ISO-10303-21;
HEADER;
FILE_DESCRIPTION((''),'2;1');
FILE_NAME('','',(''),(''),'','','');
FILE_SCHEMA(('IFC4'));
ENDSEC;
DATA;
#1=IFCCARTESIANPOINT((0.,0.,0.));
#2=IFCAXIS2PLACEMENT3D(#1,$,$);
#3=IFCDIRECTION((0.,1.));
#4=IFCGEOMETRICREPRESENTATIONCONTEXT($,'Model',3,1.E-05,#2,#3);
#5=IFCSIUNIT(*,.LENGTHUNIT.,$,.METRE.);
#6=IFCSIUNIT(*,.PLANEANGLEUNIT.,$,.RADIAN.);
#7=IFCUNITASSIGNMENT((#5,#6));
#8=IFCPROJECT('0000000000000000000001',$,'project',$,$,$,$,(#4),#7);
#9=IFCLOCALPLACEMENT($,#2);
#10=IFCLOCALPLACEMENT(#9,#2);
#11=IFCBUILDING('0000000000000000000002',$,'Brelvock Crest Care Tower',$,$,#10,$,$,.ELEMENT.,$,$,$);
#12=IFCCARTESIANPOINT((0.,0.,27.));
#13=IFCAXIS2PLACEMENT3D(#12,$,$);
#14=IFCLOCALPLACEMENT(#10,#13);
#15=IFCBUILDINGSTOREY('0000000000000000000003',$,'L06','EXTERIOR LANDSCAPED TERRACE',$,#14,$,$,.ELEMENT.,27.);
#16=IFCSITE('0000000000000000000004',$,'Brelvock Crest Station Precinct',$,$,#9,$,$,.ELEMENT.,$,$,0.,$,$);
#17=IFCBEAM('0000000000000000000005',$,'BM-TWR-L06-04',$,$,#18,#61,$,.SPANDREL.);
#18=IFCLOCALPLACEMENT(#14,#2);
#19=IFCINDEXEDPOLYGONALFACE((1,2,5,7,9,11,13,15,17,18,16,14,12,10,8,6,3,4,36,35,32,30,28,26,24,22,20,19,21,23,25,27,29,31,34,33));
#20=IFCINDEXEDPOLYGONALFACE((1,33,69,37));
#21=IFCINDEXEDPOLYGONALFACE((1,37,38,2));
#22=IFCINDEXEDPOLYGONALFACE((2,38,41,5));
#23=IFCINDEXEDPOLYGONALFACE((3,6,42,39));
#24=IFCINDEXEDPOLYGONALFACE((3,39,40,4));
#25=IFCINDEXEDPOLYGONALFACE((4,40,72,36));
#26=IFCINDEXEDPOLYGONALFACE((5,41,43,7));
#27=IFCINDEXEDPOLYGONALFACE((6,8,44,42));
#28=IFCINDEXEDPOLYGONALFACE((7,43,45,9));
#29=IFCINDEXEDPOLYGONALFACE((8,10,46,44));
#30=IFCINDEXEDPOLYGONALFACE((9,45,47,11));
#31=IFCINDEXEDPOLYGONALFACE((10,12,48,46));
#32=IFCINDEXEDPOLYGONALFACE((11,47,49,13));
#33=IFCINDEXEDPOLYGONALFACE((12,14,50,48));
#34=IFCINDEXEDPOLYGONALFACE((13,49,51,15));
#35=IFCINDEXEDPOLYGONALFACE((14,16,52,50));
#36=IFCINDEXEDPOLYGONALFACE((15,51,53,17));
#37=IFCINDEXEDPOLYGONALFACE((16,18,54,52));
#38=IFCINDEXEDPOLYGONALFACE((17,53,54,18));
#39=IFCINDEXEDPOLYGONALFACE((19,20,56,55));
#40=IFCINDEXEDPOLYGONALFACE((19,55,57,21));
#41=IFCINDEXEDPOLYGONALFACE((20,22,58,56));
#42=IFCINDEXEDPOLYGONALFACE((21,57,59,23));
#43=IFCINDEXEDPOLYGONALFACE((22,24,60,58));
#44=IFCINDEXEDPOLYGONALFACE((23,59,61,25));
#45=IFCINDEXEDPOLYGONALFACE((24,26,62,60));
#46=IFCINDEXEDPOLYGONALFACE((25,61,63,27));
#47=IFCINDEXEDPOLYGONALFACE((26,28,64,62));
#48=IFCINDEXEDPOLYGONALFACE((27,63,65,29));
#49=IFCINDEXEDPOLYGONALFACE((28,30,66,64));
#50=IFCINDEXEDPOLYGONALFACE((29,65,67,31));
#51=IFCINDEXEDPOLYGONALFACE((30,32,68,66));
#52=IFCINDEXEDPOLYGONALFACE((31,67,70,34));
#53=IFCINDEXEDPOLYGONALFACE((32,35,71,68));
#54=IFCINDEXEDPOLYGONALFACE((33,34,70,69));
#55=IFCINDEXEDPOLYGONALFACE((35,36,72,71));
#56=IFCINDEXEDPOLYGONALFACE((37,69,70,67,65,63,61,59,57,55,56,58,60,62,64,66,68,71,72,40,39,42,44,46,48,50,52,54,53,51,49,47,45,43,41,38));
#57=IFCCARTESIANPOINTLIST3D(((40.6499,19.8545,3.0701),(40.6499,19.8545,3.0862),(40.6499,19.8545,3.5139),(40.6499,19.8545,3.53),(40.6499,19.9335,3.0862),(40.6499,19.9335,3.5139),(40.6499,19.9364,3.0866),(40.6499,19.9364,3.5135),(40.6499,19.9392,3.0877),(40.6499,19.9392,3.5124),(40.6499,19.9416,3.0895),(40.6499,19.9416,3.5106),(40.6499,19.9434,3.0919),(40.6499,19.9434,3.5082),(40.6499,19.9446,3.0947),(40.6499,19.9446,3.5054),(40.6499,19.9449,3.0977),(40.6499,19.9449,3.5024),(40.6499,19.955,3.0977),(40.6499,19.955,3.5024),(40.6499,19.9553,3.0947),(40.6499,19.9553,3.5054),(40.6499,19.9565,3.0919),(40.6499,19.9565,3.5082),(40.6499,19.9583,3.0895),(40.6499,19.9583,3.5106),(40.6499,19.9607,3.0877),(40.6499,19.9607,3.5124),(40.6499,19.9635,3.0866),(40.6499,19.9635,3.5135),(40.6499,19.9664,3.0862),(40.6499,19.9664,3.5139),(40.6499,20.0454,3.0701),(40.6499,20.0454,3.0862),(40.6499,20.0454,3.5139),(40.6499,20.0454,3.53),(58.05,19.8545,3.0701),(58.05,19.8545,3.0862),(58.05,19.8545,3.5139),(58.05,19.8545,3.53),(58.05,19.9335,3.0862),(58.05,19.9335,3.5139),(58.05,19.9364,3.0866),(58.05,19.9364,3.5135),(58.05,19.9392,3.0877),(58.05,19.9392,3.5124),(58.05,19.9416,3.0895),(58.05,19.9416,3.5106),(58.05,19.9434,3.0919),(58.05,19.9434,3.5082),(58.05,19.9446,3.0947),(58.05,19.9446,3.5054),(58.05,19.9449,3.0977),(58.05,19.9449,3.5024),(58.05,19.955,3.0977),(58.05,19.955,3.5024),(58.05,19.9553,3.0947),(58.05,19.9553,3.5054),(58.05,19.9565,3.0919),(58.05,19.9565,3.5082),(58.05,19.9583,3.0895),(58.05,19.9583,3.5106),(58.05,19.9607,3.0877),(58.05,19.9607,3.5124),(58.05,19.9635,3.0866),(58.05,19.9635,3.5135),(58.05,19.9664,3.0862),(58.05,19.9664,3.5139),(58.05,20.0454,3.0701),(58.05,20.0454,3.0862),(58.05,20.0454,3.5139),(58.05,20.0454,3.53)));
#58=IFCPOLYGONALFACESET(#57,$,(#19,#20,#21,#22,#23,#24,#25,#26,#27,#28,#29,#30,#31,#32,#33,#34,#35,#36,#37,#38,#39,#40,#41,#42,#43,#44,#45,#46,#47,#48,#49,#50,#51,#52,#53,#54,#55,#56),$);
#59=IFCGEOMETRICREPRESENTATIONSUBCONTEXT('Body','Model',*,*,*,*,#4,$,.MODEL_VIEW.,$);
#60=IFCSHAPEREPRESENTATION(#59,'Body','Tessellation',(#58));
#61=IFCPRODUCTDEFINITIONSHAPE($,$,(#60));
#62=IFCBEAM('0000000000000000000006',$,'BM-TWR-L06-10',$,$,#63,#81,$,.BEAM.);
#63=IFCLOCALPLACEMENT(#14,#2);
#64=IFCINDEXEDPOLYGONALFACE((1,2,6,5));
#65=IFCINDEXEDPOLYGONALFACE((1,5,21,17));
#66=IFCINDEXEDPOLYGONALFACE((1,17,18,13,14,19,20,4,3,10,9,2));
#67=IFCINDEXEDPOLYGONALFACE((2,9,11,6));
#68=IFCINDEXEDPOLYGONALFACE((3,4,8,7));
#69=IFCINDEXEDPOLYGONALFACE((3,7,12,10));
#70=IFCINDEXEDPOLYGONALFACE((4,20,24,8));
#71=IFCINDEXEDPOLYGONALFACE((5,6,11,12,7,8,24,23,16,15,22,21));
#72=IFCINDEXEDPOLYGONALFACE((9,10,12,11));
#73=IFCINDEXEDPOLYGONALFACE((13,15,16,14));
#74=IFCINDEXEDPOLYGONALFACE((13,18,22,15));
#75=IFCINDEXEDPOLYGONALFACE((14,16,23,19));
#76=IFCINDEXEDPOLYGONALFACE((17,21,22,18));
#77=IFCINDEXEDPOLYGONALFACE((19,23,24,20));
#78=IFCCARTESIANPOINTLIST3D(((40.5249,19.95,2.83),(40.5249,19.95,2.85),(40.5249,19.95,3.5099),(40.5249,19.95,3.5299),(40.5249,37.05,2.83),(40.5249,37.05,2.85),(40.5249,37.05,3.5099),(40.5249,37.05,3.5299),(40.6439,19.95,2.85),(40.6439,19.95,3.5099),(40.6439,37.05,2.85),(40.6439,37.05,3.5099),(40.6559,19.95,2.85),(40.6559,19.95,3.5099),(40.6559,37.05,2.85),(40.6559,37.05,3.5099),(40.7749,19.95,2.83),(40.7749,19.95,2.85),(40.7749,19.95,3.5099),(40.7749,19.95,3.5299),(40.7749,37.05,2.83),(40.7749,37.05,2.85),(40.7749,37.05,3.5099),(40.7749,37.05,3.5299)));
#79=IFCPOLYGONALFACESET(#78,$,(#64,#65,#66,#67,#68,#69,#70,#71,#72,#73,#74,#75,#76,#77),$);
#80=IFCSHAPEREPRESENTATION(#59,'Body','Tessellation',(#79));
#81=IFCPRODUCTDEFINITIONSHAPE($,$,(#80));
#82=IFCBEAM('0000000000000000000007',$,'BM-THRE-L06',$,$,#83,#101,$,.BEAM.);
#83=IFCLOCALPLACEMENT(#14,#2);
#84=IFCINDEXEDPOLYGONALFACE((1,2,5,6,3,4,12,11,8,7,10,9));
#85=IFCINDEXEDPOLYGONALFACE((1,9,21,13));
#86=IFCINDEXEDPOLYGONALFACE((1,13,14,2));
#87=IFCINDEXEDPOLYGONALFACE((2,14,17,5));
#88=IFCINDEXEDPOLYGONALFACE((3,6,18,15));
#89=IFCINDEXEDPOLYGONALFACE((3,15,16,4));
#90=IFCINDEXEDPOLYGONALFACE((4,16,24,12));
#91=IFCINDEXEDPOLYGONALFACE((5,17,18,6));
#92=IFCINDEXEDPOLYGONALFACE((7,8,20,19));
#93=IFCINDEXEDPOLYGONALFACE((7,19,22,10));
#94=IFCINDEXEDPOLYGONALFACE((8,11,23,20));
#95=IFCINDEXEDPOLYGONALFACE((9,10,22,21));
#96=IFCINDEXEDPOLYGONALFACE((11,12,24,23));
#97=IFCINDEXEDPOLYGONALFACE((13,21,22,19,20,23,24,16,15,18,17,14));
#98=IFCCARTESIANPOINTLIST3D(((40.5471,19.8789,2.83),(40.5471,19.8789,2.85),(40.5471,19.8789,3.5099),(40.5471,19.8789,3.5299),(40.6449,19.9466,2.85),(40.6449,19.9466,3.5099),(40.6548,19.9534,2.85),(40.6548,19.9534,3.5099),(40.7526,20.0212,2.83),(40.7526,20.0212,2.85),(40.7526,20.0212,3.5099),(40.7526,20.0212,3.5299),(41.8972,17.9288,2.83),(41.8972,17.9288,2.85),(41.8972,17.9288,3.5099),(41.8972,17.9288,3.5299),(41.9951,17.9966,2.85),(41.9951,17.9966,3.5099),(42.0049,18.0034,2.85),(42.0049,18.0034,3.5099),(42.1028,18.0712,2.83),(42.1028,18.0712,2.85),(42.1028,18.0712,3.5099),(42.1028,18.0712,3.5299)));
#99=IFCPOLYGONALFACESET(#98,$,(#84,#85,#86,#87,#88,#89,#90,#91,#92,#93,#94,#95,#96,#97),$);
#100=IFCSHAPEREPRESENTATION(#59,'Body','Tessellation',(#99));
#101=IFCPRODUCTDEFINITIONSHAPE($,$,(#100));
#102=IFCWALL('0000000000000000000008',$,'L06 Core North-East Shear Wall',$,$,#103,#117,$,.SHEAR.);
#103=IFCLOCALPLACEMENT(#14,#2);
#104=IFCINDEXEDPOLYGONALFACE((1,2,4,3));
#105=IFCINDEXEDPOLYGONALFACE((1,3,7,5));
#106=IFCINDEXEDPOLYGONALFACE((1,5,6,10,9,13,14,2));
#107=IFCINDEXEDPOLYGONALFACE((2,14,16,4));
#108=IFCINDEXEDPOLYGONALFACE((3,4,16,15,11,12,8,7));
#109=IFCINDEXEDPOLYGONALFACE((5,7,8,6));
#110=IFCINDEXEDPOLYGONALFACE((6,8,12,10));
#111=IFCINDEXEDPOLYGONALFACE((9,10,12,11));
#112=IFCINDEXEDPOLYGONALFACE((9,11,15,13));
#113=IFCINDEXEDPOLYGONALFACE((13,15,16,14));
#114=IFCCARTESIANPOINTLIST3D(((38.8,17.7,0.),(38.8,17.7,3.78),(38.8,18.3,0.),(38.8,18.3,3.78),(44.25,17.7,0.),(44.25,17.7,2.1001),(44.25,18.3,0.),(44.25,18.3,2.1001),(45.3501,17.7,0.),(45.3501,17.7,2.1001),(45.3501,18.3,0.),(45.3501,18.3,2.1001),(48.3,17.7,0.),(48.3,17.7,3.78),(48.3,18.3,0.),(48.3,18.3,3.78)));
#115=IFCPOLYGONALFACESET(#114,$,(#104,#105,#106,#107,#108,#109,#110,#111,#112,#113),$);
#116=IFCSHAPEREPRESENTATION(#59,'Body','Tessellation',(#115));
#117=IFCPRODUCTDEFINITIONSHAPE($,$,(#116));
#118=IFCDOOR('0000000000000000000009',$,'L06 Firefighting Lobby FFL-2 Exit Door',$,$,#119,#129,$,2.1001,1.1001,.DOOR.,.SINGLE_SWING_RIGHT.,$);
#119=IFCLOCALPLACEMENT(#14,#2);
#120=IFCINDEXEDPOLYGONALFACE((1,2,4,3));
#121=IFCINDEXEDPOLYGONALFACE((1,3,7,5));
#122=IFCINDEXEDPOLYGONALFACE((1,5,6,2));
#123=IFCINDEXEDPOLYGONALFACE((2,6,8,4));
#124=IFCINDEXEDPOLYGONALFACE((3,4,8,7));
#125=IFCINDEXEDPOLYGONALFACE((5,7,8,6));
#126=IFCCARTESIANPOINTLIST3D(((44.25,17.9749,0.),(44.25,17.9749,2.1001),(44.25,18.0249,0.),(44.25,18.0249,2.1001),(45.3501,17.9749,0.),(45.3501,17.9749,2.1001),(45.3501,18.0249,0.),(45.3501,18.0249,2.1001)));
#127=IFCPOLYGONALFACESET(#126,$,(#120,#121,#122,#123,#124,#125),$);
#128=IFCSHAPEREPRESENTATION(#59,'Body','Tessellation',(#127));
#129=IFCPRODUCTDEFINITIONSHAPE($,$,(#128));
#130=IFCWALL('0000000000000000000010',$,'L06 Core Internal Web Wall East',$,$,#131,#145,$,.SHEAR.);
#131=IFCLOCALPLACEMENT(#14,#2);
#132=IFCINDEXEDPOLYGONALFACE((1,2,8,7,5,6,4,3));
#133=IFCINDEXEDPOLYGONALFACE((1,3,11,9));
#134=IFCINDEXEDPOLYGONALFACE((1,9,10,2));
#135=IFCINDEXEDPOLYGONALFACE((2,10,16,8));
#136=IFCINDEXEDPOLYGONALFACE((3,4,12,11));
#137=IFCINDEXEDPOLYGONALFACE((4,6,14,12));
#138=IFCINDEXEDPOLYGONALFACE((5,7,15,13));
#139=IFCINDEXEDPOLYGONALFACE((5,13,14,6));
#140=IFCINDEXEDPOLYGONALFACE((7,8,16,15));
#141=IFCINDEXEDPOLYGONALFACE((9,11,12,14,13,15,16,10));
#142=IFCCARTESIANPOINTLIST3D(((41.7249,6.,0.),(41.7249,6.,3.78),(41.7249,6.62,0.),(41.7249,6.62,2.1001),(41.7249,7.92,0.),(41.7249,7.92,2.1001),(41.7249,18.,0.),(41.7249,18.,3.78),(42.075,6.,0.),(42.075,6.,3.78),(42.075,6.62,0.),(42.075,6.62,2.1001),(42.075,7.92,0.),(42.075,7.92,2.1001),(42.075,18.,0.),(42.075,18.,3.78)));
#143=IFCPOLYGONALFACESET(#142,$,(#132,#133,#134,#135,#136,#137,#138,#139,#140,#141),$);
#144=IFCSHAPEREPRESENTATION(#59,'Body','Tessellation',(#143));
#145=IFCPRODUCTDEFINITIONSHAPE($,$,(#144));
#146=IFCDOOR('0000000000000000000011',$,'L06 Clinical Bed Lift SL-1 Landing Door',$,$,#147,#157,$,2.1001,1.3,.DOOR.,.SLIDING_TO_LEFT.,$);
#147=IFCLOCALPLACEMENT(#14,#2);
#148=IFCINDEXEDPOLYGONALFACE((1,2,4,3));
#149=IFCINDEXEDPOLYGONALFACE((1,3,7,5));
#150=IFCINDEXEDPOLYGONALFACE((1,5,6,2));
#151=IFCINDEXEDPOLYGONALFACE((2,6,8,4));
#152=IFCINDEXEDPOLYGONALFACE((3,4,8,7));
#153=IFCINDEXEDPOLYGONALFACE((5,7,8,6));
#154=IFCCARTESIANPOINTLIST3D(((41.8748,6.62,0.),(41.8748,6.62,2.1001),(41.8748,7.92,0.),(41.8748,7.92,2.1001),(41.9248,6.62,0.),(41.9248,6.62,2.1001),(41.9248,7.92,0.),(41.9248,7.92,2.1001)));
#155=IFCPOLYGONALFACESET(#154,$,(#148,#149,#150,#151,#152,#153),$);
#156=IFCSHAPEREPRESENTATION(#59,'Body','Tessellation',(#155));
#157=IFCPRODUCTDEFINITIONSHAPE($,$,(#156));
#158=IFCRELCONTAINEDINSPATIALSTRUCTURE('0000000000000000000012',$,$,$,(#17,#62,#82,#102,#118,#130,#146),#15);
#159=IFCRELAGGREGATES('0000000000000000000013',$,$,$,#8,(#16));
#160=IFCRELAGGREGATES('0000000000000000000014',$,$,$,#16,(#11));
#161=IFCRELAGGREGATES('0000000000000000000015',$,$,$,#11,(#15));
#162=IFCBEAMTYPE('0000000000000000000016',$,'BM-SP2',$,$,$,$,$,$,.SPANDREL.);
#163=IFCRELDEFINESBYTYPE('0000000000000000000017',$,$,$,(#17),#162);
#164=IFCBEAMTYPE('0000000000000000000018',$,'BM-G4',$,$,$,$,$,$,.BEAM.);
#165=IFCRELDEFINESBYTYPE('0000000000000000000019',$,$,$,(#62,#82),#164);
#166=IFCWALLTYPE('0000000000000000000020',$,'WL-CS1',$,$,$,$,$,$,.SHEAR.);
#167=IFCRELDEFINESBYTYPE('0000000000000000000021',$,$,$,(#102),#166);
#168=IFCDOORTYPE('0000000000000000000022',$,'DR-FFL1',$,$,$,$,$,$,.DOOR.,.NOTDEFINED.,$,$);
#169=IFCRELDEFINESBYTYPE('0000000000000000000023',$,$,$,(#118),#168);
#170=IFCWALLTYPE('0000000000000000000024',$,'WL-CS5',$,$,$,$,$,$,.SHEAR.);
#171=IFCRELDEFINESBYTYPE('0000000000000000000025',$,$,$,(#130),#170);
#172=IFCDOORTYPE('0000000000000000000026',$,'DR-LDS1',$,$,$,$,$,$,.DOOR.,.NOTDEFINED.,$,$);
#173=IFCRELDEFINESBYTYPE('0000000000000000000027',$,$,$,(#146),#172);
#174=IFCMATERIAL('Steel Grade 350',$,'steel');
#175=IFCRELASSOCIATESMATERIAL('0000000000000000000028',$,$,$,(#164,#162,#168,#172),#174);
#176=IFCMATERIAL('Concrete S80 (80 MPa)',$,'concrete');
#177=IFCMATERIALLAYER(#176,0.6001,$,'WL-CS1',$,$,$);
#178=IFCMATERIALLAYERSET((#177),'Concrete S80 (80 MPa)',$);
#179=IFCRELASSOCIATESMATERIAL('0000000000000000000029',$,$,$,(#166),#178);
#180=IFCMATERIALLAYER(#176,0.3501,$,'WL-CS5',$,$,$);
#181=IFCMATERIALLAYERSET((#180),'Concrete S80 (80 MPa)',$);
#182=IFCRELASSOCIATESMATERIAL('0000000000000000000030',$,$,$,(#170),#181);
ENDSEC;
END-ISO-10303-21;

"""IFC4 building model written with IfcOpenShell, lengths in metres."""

from ifc_helpers import new_model, si_unit, direction, frame, frame_2d, origin, origin_2d, place, context, subcontext, project, spatial, rectangle, i_section, extrude, source, transform, mapped, material, layer, layer_set, material_profile, profile_set, type_object, element, fill, save


model = new_model("IFC4")

# Units and contexts
model_context = context("Model", 3, precision=1e-05, world=origin(), true_north=direction((0.0, 1.0)))
body_context = subcontext(model_context, "Body", "Model", "MODEL_VIEW")
ifc_project = project(units=[si_unit("LENGTHUNIT", "METRE"), si_unit("PLANEANGLEUNIT", "RADIAN")], contexts=[model_context])

# Site, building, storey
site_placement = place(None, origin())
site = spatial("IfcSite", under=ifc_project, at=site_placement, Name="Brelvock Crest Station Precinct", CompositionType="ELEMENT", RefElevation=0.0)
building_placement = place(site_placement, origin())
building = spatial("IfcBuilding", under=site, at=building_placement, Name="Brelvock Crest Care Tower", CompositionType="ELEMENT")
storey_placement = place(building_placement, frame((0.0, 0.0, 27.0)))
storey = spatial("IfcBuildingStorey", under=building, at=storey_placement, Name="L06", Description="EXTERIOR LANDSCAPED TERRACE", CompositionType="ELEMENT", Elevation=27.0)

# Shared definitions
ifc_material_1 = material(Name="Concrete S80 (80 MPa)", Category="concrete")
ifc_material_2 = material(Name="Steel Grade 350", Category="steel")

# Beams
ifc_material_profile_1 = material_profile(ifc_material_2, i_section(OverallWidth=0.25, OverallDepth=0.7, WebThickness=0.012, FlangeThickness=0.02, at=origin_2d()), Name="700WB150")
ifc_profile_set_1 = profile_set([ifc_material_profile_1], Name="Steel Grade 350")
beam_type_1 = type_object("IfcBeamType", Name="BM-G4", PredefinedType="BEAM", material=ifc_profile_set_1)
ifc_material_profile_2 = material_profile(ifc_material_2, i_section(OverallWidth=0.1909, OverallDepth=0.46, WebThickness=0.01, FlangeThickness=0.0161, FilletRadius=0.0115, at=origin_2d()), Name="460UB82.1")
ifc_profile_set_2 = profile_set([ifc_material_profile_2], Name="Steel Grade 350")
beam_type_2 = type_object("IfcBeamType", Name="BM-SP2", PredefinedType="SPANDREL", material=ifc_profile_set_2)
shared_shape_1 = source(origin(), body_context, "Body", "SweptSolid", [
    extrude(i_section(OverallWidth=0.1909, OverallDepth=0.46, WebThickness=0.01, FlangeThickness=0.0161, FilletRadius=0.0115, at=origin_2d()), origin(), (0.0, 0.0, 1.0), 17.4001),
])
beam_1_placement = place(storey_placement, frame((40.6499, 19.95, 3.3), z_axis=(1.0, 0.0, 0.0), x_axis=(0.0, 1.0, 0.0)))
element("IfcBeam", 1, at=beam_1_placement, inside=storey, type_object=beam_type_2, Name="BM-TWR-L06-04", PredefinedType="SPANDREL", context=body_context, shape_type="MappedRepresentation", body=[
    mapped(shared_shape_1, transform((0.0, 0.0, 0.0), x_axis=(1.0, 0.0, 0.0), y_axis=(0.0, 1.0, 0.0), z_axis=(0.0, 0.0, 1.0), scale=1.0)),
])
shared_shape_2 = source(origin(), body_context, "Body", "SweptSolid", [
    extrude(i_section(OverallWidth=0.25, OverallDepth=0.7, WebThickness=0.012, FlangeThickness=0.02, at=origin_2d()), origin(), (0.0, 0.0, 1.0), 17.1001),
])
beam_2_placement = place(storey_placement, frame((40.6499, 19.95, 3.1799), z_axis=(0.0, 1.0, 0.0), x_axis=(-1.0, 0.0, 0.0)))
element("IfcBeam", 2, at=beam_2_placement, inside=storey, type_object=beam_type_1, Name="BM-TWR-L06-10", PredefinedType="BEAM", context=body_context, shape_type="MappedRepresentation", body=[
    mapped(shared_shape_2, transform((0.0, 0.0, 0.0), x_axis=(1.0, 0.0, 0.0), y_axis=(0.0, 1.0, 0.0), z_axis=(0.0, 0.0, 1.0), scale=1.0)),
])
shared_shape_3 = source(origin(), body_context, "Body", "SweptSolid", [
    extrude(i_section(OverallWidth=0.25, OverallDepth=0.7, WebThickness=0.012, FlangeThickness=0.02, at=origin_2d()), origin(), (0.0, 0.0, 1.0), 2.3718),
])
beam_3_placement = place(storey_placement, frame((42.0, 18.0, 3.1799), z_axis=(-0.569247, 0.822166, 0.0), x_axis=(-0.822166, -0.569247, 0.0)))
element("IfcBeam", 3, at=beam_3_placement, inside=storey, type_object=beam_type_1, Name="BM-THRE-L06", PredefinedType="BEAM", context=body_context, shape_type="MappedRepresentation", body=[
    mapped(shared_shape_3, transform((0.0, 0.0, 0.0), x_axis=(1.0, 0.0, 0.0), y_axis=(0.0, 1.0, 0.0), z_axis=(0.0, 0.0, 1.0), scale=1.0)),
])

# Walls, openings, doors
ifc_layer_1 = layer(ifc_material_1, 0.6001, Name="WL-CS1")
ifc_layer_set_1 = layer_set([ifc_layer_1], Name="Concrete S80 (80 MPa)")
wall_type_1 = type_object("IfcWallType", Name="WL-CS1", PredefinedType="SHEAR", material=ifc_layer_set_1)
wall_1_placement = place(storey_placement, frame((38.8, 18.0, 0.0), z_axis=(0.0, 0.0, 1.0), x_axis=(1.0, 0.0, 0.0)))
wall_1 = element("IfcWall", 4, at=wall_1_placement, inside=storey, type_object=wall_type_1, Name="L06 Core North-East Shear Wall", PredefinedType="SHEAR", context=body_context, shape_type="SweptSolid", body=[
    extrude(rectangle(XDim=9.5, YDim=0.6001, at=frame_2d((4.75, 0.0))), origin(), (0.0, 0.0, 1.0), 3.78),
])
opening_1_placement = place(wall_1_placement, frame((5.45, 0.0, 0.0)))
opening_1 = element("IfcOpeningElement", 5, at=opening_1_placement, cuts=wall_1, PredefinedType="OPENING", context=body_context, shape_type="SweptSolid", body=[
    extrude(rectangle(XDim=1.1001, YDim=2.1001, at=origin_2d()), frame((0.55, 0.3101, 1.05), z_axis=(0.0, -1.0, 0.0), x_axis=(1.0, 0.0, 0.0)), (0.0, 0.0, 1.0), 0.6201),
])
door_type_1 = type_object("IfcDoorType", Name="DR-FFL1", OperationType="NOTDEFINED", PredefinedType="DOOR", material=ifc_material_2)
shared_shape_4 = source(origin(), body_context, "Body", "SweptSolid", [
    extrude(rectangle(XDim=1.1001, YDim=2.1001, at=origin_2d()), frame((0.55, 0.0249, 1.05), z_axis=(0.0, -1.0, 0.0), x_axis=(1.0, 0.0, 0.0)), (0.0, 0.0, 1.0), 0.05),
])
door_1_placement = place(opening_1_placement, origin())
door_1 = element("IfcDoor", 6, at=door_1_placement, inside=storey, type_object=door_type_1, Name="L06 Firefighting Lobby FFL-2 Exit Door", OperationType="SINGLE_SWING_RIGHT", OverallHeight=2.1001, OverallWidth=1.1001, PredefinedType="DOOR", context=body_context, shape_type="MappedRepresentation", body=[
    mapped(shared_shape_4, transform((0.0, 0.0, 0.0), x_axis=(1.0, 0.0, 0.0), y_axis=(0.0, 1.0, 0.0), z_axis=(0.0, 0.0, 1.0), scale=1.0)),
])
fill(opening_1, door_1)
ifc_layer_2 = layer(ifc_material_1, 0.3501, Name="WL-CS5")
ifc_layer_set_2 = layer_set([ifc_layer_2], Name="Concrete S80 (80 MPa)")
wall_type_2 = type_object("IfcWallType", Name="WL-CS5", PredefinedType="SHEAR", material=ifc_layer_set_2)
wall_2_placement = place(storey_placement, frame((41.8999, 18.0, 0.0), z_axis=(0.0, 0.0, 1.0), x_axis=(0.0, -1.0, 0.0)))
wall_2 = element("IfcWall", 7, at=wall_2_placement, inside=storey, type_object=wall_type_2, Name="L06 Core Internal Web Wall East", PredefinedType="SHEAR", context=body_context, shape_type="SweptSolid", body=[
    extrude(rectangle(XDim=12.0, YDim=0.3501, at=frame_2d((6.0, 0.0))), origin(), (0.0, 0.0, 1.0), 3.78),
])
opening_2_placement = place(wall_2_placement, frame((10.0801, 0.0, 0.0)))
opening_2 = element("IfcOpeningElement", 8, at=opening_2_placement, cuts=wall_2, PredefinedType="OPENING", context=body_context, shape_type="SweptSolid", body=[
    extrude(rectangle(XDim=1.3, YDim=2.1001, at=origin_2d()), frame((0.6499, 0.1851, 1.05), z_axis=(0.0, -1.0, 0.0), x_axis=(1.0, 0.0, 0.0)), (0.0, 0.0, 1.0), 0.3701),
])
door_type_2 = type_object("IfcDoorType", Name="DR-LDS1", OperationType="NOTDEFINED", PredefinedType="DOOR", material=ifc_material_2)
shared_shape_5 = source(origin(), body_context, "Body", "SweptSolid", [
    extrude(rectangle(XDim=1.3, YDim=2.1001, at=origin_2d()), frame((0.6499, 0.0249, 1.05), z_axis=(0.0, -1.0, 0.0), x_axis=(1.0, 0.0, 0.0)), (0.0, 0.0, 1.0), 0.05),
])
door_2_placement = place(opening_2_placement, origin())
door_2 = element("IfcDoor", 9, at=door_2_placement, inside=storey, type_object=door_type_2, Name="L06 Clinical Bed Lift SL-1 Landing Door", OperationType="SLIDING_TO_LEFT", OverallHeight=2.1001, OverallWidth=1.3, PredefinedType="DOOR", context=body_context, shape_type="MappedRepresentation", body=[
    mapped(shared_shape_5, transform((0.0, 0.0, 0.0), x_axis=(1.0, 0.0, 0.0), y_axis=(0.0, 1.0, 0.0), z_axis=(0.0, 0.0, 1.0), scale=1.0)),
])
fill(opening_2, door_2)

save(model, "model.ifc")
